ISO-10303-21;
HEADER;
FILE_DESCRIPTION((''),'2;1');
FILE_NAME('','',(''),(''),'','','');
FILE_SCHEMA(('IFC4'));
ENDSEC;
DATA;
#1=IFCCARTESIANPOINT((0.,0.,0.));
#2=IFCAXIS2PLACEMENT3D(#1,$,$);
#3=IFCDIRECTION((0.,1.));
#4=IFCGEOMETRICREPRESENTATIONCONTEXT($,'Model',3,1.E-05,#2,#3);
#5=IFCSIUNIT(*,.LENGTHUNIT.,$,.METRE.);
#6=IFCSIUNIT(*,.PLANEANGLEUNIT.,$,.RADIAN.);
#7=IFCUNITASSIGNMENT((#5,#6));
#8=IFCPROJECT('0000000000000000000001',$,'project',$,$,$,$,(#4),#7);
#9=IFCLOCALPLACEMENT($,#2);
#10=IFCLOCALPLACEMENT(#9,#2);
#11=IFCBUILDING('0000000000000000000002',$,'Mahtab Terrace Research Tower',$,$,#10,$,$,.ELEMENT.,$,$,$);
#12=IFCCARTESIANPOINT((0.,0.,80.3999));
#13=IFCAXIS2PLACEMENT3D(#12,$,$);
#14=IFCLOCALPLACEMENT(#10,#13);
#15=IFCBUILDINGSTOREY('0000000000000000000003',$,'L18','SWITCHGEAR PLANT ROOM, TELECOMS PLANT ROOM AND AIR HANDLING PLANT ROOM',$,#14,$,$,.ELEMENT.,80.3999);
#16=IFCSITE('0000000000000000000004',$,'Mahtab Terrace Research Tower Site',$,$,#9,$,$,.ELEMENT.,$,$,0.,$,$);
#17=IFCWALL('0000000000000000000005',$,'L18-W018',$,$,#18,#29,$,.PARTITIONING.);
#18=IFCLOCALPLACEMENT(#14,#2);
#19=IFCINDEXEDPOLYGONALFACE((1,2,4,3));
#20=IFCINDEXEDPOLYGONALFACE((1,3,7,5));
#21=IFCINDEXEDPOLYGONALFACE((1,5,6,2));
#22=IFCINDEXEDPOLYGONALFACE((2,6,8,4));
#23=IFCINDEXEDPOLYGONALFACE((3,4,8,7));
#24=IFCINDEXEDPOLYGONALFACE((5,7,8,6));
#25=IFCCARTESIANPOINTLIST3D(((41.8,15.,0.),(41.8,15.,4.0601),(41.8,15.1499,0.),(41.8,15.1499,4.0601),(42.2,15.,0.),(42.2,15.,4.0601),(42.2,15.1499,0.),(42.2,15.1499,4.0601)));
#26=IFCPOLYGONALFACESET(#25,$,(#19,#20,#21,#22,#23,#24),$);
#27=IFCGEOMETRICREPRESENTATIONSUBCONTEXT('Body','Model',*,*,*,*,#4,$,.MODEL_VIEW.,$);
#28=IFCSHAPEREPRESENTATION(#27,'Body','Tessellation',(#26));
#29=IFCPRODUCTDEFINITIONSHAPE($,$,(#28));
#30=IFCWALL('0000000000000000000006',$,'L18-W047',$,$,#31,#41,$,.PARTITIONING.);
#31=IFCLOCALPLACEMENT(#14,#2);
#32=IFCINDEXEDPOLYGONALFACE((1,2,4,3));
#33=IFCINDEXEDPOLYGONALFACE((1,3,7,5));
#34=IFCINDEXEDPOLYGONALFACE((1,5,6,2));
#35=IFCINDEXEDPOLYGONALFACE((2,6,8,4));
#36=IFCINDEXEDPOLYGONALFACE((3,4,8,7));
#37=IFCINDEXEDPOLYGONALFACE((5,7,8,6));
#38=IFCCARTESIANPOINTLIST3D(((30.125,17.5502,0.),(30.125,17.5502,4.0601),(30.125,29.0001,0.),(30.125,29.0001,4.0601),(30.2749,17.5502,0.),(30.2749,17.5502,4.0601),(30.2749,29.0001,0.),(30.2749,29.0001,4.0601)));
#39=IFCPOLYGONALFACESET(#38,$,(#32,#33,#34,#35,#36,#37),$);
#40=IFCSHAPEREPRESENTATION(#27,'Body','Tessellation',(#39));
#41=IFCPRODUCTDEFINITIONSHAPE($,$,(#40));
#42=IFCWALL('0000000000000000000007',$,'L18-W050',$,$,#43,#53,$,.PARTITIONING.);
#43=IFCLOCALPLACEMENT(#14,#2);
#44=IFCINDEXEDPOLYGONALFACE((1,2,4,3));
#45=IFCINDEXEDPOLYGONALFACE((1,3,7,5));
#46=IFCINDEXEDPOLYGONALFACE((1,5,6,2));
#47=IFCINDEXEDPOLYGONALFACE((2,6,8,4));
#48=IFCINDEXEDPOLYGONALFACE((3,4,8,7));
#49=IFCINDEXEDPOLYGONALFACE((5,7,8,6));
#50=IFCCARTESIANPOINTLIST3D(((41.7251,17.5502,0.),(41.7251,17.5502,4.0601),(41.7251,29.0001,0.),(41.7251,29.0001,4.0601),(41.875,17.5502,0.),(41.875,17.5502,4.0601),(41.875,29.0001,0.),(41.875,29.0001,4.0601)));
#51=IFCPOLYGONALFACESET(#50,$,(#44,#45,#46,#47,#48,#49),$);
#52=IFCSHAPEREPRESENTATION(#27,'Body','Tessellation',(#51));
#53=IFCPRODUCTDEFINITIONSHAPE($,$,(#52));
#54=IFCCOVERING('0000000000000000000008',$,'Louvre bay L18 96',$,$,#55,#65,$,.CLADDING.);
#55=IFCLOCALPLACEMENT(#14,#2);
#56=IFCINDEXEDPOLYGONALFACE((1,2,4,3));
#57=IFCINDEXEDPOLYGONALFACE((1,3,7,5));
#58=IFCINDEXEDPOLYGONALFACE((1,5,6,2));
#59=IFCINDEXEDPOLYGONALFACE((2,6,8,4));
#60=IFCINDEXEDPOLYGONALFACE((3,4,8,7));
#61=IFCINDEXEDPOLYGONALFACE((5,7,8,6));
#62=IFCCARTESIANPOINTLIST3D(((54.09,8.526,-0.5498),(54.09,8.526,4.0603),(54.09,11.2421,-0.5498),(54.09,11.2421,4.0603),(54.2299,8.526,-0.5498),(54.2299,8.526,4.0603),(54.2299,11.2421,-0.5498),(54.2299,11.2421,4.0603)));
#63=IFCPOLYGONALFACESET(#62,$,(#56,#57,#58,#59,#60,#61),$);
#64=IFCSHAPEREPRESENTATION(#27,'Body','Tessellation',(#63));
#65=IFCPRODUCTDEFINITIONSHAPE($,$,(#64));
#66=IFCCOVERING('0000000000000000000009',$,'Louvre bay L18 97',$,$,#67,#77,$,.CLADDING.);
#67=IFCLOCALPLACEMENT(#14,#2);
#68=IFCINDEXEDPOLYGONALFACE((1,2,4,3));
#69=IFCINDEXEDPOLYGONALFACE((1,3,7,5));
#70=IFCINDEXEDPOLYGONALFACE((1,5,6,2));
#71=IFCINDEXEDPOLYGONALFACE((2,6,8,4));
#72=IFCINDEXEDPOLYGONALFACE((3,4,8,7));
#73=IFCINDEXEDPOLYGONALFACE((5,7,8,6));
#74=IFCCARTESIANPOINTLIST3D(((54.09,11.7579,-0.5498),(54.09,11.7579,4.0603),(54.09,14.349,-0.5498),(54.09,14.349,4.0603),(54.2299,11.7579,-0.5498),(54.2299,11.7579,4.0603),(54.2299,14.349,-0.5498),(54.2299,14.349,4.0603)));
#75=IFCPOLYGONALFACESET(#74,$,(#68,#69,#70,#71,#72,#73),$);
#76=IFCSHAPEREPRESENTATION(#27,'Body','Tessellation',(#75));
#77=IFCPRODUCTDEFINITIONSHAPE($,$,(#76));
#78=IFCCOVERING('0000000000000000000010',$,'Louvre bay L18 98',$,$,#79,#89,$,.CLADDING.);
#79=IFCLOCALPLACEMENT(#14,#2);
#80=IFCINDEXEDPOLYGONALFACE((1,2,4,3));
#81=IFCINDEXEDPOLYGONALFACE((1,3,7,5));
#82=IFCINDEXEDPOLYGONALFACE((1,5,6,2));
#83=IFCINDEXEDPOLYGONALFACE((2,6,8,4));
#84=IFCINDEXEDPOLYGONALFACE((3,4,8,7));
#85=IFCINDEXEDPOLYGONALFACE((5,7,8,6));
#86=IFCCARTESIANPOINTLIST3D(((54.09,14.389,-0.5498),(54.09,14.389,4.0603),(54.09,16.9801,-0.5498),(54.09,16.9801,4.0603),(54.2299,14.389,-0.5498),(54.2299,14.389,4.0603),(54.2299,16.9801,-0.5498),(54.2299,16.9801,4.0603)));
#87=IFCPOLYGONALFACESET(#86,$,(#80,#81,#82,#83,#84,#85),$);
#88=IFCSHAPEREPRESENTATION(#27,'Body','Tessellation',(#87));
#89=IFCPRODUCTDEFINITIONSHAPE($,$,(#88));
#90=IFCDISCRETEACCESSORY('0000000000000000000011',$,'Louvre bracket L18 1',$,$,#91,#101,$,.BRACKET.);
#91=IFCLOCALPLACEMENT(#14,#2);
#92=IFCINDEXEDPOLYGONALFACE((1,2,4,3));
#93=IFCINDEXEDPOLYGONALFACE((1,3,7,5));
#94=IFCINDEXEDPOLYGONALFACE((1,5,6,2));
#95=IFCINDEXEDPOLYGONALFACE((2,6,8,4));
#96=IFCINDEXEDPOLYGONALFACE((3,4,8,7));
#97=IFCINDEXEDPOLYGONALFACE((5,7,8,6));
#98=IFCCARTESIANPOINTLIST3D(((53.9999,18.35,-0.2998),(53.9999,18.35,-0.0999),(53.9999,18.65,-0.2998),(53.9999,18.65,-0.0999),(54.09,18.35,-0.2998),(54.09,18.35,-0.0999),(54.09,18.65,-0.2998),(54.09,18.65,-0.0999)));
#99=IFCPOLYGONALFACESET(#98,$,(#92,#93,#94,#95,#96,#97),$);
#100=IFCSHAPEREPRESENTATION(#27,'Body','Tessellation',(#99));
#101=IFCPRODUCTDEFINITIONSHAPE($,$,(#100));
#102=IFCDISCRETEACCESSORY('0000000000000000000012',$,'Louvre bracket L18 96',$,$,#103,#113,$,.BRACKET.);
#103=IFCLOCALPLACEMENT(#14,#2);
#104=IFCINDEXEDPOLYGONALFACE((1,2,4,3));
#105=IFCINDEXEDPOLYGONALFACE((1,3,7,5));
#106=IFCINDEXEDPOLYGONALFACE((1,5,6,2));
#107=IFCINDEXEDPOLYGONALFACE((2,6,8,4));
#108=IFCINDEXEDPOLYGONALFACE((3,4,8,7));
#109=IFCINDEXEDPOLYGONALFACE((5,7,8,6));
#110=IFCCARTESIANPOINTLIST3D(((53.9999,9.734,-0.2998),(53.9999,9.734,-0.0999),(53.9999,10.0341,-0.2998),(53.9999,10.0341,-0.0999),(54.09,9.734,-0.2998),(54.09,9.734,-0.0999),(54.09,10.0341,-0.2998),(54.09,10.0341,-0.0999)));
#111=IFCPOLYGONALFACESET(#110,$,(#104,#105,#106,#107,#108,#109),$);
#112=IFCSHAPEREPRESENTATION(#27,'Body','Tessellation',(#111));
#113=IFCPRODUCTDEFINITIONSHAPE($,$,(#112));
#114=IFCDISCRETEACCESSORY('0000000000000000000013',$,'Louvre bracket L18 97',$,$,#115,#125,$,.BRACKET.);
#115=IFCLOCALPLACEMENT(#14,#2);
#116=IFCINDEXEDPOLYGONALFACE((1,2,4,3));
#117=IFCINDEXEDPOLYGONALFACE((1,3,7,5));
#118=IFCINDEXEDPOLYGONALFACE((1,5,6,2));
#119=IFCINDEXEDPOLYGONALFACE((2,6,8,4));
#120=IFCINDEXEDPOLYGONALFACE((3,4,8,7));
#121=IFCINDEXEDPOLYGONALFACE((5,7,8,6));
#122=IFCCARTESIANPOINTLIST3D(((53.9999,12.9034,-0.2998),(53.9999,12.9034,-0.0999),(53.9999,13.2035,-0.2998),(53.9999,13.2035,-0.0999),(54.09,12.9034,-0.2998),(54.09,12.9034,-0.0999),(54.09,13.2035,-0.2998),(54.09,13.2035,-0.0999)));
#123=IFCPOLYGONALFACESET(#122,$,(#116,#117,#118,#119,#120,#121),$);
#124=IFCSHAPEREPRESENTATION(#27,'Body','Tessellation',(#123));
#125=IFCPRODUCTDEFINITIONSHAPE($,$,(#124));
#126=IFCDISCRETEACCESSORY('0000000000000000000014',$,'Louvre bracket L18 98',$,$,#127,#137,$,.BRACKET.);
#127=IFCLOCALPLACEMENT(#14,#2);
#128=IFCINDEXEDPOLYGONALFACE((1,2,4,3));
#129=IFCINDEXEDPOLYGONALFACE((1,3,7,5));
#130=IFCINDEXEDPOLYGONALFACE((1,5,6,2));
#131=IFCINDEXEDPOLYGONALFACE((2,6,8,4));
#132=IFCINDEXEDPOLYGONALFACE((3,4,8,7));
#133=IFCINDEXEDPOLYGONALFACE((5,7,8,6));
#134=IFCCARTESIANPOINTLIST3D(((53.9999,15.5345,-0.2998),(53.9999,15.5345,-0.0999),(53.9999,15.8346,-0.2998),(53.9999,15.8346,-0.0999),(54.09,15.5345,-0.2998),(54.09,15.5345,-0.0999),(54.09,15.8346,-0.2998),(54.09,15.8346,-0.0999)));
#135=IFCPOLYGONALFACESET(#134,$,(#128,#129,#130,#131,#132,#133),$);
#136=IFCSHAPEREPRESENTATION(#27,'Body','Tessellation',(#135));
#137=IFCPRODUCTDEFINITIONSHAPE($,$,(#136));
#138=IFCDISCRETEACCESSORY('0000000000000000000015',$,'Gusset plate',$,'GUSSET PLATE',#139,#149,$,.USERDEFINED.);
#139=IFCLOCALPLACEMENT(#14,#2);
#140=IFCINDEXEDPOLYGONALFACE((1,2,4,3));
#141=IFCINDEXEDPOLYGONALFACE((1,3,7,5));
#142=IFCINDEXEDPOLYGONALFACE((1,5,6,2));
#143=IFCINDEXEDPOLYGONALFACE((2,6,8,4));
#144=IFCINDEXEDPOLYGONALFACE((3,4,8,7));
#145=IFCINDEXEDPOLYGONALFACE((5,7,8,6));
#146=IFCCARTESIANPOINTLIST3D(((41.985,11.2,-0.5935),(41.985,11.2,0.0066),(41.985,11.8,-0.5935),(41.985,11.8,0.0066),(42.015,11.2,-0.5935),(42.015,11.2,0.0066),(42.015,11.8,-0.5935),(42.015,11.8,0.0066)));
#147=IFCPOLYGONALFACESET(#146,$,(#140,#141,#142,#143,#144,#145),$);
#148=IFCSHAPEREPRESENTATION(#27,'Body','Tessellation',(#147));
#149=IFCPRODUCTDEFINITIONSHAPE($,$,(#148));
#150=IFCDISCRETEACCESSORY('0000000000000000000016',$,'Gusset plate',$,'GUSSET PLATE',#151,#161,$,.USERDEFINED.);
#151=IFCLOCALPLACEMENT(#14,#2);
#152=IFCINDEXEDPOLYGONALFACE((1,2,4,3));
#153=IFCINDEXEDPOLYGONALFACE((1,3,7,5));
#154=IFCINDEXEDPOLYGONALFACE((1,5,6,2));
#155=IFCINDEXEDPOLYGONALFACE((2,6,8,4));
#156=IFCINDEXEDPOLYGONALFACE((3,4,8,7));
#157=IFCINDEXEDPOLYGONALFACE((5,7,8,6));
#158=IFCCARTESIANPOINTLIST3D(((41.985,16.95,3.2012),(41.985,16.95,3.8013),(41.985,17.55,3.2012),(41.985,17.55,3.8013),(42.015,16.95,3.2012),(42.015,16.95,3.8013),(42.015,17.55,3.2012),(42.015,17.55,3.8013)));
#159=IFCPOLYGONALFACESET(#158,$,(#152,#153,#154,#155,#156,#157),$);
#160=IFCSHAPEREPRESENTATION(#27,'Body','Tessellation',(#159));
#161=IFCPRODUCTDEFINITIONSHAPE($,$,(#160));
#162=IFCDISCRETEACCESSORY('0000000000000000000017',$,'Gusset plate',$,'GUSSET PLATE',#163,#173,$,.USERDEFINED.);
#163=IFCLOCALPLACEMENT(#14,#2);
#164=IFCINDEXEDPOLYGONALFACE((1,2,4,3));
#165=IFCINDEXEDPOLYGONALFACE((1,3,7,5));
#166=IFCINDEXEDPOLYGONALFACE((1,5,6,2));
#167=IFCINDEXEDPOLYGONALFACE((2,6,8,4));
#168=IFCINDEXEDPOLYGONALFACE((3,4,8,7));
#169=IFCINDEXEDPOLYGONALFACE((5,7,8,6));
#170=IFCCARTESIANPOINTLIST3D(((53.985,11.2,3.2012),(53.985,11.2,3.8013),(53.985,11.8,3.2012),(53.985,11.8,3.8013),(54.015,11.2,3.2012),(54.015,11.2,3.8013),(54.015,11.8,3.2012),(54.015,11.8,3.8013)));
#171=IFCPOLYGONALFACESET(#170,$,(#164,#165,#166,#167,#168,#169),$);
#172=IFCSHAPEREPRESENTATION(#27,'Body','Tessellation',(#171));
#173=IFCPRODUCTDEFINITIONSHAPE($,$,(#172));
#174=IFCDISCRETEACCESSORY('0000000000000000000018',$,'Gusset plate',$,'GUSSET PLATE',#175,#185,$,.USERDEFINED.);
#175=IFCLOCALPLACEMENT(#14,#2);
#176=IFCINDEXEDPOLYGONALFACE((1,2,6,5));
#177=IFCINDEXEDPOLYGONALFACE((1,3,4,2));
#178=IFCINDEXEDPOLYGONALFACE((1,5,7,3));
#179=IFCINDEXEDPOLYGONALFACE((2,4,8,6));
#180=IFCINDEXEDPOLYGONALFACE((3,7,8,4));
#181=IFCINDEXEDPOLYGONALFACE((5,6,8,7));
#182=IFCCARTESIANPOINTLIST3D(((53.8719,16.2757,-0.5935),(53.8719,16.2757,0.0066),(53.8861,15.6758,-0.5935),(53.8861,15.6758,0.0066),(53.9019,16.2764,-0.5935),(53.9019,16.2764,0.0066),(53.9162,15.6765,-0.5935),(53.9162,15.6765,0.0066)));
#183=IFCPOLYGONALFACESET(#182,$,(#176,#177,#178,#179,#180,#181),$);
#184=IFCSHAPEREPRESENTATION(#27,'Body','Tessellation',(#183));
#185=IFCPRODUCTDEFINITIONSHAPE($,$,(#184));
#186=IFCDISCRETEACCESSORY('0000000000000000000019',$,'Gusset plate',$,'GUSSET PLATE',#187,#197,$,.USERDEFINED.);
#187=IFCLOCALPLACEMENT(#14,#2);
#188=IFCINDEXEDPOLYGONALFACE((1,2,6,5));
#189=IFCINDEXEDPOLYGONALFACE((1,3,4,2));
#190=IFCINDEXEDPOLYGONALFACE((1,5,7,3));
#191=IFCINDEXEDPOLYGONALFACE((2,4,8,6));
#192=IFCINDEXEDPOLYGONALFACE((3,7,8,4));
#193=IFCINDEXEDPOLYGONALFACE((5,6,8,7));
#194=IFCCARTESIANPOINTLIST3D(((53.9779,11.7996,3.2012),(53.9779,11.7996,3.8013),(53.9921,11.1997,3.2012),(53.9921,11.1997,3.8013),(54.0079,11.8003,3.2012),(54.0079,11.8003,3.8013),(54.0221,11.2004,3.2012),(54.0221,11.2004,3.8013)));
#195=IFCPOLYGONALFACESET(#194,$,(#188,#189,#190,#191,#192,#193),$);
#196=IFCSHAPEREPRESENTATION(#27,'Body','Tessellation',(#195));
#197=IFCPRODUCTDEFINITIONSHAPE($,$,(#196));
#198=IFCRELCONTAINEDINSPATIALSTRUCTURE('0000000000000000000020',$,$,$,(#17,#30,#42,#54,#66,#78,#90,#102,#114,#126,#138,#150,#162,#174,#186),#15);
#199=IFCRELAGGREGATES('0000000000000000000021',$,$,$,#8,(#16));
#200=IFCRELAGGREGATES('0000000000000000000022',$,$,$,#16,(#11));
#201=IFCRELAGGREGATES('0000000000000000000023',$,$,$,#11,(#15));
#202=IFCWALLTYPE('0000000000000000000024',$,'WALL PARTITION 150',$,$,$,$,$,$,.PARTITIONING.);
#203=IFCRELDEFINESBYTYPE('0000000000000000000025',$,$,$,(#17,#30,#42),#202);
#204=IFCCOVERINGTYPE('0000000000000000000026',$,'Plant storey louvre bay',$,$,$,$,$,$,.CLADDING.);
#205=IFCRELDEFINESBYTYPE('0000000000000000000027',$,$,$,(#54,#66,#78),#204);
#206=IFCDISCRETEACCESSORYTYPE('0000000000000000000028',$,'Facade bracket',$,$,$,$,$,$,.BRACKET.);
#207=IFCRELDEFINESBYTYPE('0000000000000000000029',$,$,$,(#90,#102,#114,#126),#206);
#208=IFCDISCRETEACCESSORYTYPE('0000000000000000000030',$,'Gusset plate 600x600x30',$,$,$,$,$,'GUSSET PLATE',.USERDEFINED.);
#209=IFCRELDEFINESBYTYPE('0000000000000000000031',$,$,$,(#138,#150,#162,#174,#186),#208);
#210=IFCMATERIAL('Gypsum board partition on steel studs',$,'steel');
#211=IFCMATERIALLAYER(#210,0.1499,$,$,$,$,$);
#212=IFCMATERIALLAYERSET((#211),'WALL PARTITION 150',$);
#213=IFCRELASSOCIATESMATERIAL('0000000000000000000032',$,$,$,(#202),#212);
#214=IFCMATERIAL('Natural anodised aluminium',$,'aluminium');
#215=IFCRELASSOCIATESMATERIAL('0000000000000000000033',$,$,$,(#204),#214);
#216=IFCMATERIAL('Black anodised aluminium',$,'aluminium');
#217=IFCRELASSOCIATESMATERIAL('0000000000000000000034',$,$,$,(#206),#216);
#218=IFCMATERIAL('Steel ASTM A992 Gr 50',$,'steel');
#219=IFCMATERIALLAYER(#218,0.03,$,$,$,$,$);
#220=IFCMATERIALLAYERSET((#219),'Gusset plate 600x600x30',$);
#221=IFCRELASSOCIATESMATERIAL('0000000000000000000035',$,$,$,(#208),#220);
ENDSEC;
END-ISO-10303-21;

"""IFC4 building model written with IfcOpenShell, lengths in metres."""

from ifc_helpers import new_model, si_unit, direction, frame, frame_2d, origin, origin_2d, place, context, subcontext, project, spatial, rectangle, extrude, material, layer, layer_set, type_object, element, save


model = new_model("IFC4")

# Units and contexts
model_context = context("Model", 3, precision=1e-05, world=origin(), true_north=direction((0.0, 1.0)))
body_context = subcontext(model_context, "Body", "Model", "MODEL_VIEW")
ifc_project = project(units=[si_unit("LENGTHUNIT", "METRE"), si_unit("PLANEANGLEUNIT", "RADIAN")], contexts=[model_context])

# Site, building, storey
site_placement = place(None, origin())
site = spatial("IfcSite", under=ifc_project, at=site_placement, Name="Mahtab Terrace Research Tower Site", CompositionType="ELEMENT", RefElevation=0.0)
building_placement = place(site_placement, origin())
building = spatial("IfcBuilding", under=site, at=building_placement, Name="Mahtab Terrace Research Tower", CompositionType="ELEMENT")
storey_placement = place(building_placement, frame((0.0, 0.0, 80.3999)))
storey = spatial("IfcBuildingStorey", under=building, at=storey_placement, Name="L18", Description="SWITCHGEAR PLANT ROOM, TELECOMS PLANT ROOM AND AIR HANDLING PLANT ROOM", CompositionType="ELEMENT", Elevation=80.3999)

# Shared definitions
ifc_material_1 = material(Name="Steel ASTM A992 Gr 50", Category="steel")

# Walls
ifc_material_2 = material(Name="Gypsum board partition on steel studs", Category="steel")
ifc_layer_1 = layer(ifc_material_2, 0.1499)
ifc_layer_set_1 = layer_set([ifc_layer_1], Name="WALL PARTITION 150")
wall_type_1 = type_object("IfcWallType", Name="WALL PARTITION 150", PredefinedType="PARTITIONING", material=ifc_layer_set_1)
wall_1_placement = place(storey_placement, frame((41.8, 15.075, 0.0), z_axis=(0.0, 0.0, 1.0), x_axis=(1.0, 0.0, 0.0)))
element("IfcWall", 1, at=wall_1_placement, inside=storey, type_object=wall_type_1, Name="L18-W018", PredefinedType="PARTITIONING", context=body_context, shape_type="SweptSolid", body=[
    extrude(rectangle(XDim=0.3999, YDim=0.1499, at=frame_2d((0.2, 0.0))), origin(), (0.0, 0.0, 1.0), 4.0601),
])
for number, where, z_axis, x_axis, name in (
    (2, (30.2, 17.55, 0.0), (0.0, 0.0, 1.0), (0.0, 1.0, 0.0), "L18-W047"),
    (3, (41.8, 17.55, 0.0), (0.0, 0.0, 1.0), (0.0, 1.0, 0.0), "L18-W050"),
):
    element("IfcWall", number, at=place(storey_placement, frame(where, z_axis=z_axis, x_axis=x_axis)), inside=storey, type_object=wall_type_1, Name=name, PredefinedType="PARTITIONING", context=body_context, shape_type="SweptSolid", body=[
        extrude(rectangle(XDim=11.45, YDim=0.1499, at=frame_2d((5.7251, 0.0))), origin(), (0.0, 0.0, 1.0), 4.0601),
    ])

# Coverings
ifc_material_3 = material(Name="Natural anodised aluminium", Category="aluminium")
covering_type = type_object("IfcCoveringType", Name="Plant storey louvre bay", PredefinedType="CLADDING", material=ifc_material_3)
covering_placement = place(storey_placement, frame((54.1599, 9.884, -0.5498), z_axis=(0.0, 0.0, 1.0), x_axis=(0.0, 1.0, 0.0)))
element("IfcCovering", 4, at=covering_placement, inside=storey, type_object=covering_type, Name="Louvre bay L18 96", PredefinedType="CLADDING", context=body_context, shape_type="SweptSolid", body=[
    extrude(rectangle(XDim=2.7161, YDim=0.1399, at=origin_2d()), origin(), (0.0, 0.0, 1.0), 4.6101),
])
for number, where, z_axis, x_axis, name in (
    (5, (54.1599, 13.0535, -0.5498), (0.0, 0.0, 1.0), (0.0, 1.0, 0.0), "Louvre bay L18 97"),
    (6, (54.1599, 15.6846, -0.5498), (0.0, 0.0, 1.0), (0.0, 1.0, 0.0), "Louvre bay L18 98"),
):
    element("IfcCovering", number, at=place(storey_placement, frame(where, z_axis=z_axis, x_axis=x_axis)), inside=storey, type_object=covering_type, Name=name, PredefinedType="CLADDING", context=body_context, shape_type="SweptSolid", body=[
        extrude(rectangle(XDim=2.5911, YDim=0.1399, at=origin_2d()), origin(), (0.0, 0.0, 1.0), 4.6101),
    ])

# Discrete accessories
ifc_material_4 = material(Name="Black anodised aluminium", Category="aluminium")
discrete_accessory_type_1 = type_object("IfcDiscreteAccessoryType", Name="Facade bracket", PredefinedType="BRACKET", material=ifc_material_4)
for number, where, z_axis, x_axis, name in (
    (7, (54.0449, 18.5, -0.2998), (0.0, 0.0, 1.0), (0.0, 1.0, 0.0), "Louvre bracket L18 1"),
    (8, (54.0449, 9.884, -0.2998), (0.0, 0.0, 1.0), (0.0, 1.0, 0.0), "Louvre bracket L18 96"),
    (9, (54.0449, 13.0535, -0.2998), (0.0, 0.0, 1.0), (0.0, 1.0, 0.0), "Louvre bracket L18 97"),
    (10, (54.0449, 15.6846, -0.2998), (0.0, 0.0, 1.0), (0.0, 1.0, 0.0), "Louvre bracket L18 98"),
):
    element("IfcDiscreteAccessory", number, at=place(storey_placement, frame(where, z_axis=z_axis, x_axis=x_axis)), inside=storey, type_object=discrete_accessory_type_1, Name=name, PredefinedType="BRACKET", context=body_context, shape_type="SweptSolid", body=[
        extrude(rectangle(XDim=0.3, YDim=0.0901, at=origin_2d()), origin(), (0.0, 0.0, 1.0), 0.2),
    ])
ifc_layer_2 = layer(ifc_material_1, 0.03)
ifc_layer_set_2 = layer_set([ifc_layer_2], Name="Gusset plate 600x600x30")
discrete_accessory_type_2 = type_object("IfcDiscreteAccessoryType", Name="Gusset plate 600x600x30", ElementType="GUSSET PLATE", PredefinedType="USERDEFINED", material=ifc_layer_set_2)
for number, where, z_axis, x_axis, name in (
    (11, (42.0, 11.5, -0.5935), (0.0, 0.0, 1.0), (0.0, 1.0, 0.0), "Gusset plate"),
    (12, (42.0, 17.25, 3.2012), (0.0, 0.0, 1.0), (0.0, 1.0, 0.0), "Gusset plate"),
    (13, (54.0, 11.5, 3.2012), (0.0, 0.0, 1.0), (0.0, 1.0, 0.0), "Gusset plate"),
    (14, (53.894, 15.9761, -0.5935), (0.0, 0.0, 1.0), (-0.023682, 0.99972, 0.0), "Gusset plate"),
    (15, (54.0, 11.5, 3.2012), (0.0, 0.0, 1.0), (-0.023682, 0.99972, 0.0), "Gusset plate"),
):
    element("IfcDiscreteAccessory", number, at=place(storey_placement, frame(where, z_axis=z_axis, x_axis=x_axis)), inside=storey, type_object=discrete_accessory_type_2, Name=name, ObjectType="GUSSET PLATE", PredefinedType="USERDEFINED", context=body_context, shape_type="SweptSolid", body=[
        extrude(rectangle(XDim=0.6001, YDim=0.03, at=origin_2d()), origin(), (0.0, 0.0, 1.0), 0.6001),
    ])

save(model, "model.ifc")
